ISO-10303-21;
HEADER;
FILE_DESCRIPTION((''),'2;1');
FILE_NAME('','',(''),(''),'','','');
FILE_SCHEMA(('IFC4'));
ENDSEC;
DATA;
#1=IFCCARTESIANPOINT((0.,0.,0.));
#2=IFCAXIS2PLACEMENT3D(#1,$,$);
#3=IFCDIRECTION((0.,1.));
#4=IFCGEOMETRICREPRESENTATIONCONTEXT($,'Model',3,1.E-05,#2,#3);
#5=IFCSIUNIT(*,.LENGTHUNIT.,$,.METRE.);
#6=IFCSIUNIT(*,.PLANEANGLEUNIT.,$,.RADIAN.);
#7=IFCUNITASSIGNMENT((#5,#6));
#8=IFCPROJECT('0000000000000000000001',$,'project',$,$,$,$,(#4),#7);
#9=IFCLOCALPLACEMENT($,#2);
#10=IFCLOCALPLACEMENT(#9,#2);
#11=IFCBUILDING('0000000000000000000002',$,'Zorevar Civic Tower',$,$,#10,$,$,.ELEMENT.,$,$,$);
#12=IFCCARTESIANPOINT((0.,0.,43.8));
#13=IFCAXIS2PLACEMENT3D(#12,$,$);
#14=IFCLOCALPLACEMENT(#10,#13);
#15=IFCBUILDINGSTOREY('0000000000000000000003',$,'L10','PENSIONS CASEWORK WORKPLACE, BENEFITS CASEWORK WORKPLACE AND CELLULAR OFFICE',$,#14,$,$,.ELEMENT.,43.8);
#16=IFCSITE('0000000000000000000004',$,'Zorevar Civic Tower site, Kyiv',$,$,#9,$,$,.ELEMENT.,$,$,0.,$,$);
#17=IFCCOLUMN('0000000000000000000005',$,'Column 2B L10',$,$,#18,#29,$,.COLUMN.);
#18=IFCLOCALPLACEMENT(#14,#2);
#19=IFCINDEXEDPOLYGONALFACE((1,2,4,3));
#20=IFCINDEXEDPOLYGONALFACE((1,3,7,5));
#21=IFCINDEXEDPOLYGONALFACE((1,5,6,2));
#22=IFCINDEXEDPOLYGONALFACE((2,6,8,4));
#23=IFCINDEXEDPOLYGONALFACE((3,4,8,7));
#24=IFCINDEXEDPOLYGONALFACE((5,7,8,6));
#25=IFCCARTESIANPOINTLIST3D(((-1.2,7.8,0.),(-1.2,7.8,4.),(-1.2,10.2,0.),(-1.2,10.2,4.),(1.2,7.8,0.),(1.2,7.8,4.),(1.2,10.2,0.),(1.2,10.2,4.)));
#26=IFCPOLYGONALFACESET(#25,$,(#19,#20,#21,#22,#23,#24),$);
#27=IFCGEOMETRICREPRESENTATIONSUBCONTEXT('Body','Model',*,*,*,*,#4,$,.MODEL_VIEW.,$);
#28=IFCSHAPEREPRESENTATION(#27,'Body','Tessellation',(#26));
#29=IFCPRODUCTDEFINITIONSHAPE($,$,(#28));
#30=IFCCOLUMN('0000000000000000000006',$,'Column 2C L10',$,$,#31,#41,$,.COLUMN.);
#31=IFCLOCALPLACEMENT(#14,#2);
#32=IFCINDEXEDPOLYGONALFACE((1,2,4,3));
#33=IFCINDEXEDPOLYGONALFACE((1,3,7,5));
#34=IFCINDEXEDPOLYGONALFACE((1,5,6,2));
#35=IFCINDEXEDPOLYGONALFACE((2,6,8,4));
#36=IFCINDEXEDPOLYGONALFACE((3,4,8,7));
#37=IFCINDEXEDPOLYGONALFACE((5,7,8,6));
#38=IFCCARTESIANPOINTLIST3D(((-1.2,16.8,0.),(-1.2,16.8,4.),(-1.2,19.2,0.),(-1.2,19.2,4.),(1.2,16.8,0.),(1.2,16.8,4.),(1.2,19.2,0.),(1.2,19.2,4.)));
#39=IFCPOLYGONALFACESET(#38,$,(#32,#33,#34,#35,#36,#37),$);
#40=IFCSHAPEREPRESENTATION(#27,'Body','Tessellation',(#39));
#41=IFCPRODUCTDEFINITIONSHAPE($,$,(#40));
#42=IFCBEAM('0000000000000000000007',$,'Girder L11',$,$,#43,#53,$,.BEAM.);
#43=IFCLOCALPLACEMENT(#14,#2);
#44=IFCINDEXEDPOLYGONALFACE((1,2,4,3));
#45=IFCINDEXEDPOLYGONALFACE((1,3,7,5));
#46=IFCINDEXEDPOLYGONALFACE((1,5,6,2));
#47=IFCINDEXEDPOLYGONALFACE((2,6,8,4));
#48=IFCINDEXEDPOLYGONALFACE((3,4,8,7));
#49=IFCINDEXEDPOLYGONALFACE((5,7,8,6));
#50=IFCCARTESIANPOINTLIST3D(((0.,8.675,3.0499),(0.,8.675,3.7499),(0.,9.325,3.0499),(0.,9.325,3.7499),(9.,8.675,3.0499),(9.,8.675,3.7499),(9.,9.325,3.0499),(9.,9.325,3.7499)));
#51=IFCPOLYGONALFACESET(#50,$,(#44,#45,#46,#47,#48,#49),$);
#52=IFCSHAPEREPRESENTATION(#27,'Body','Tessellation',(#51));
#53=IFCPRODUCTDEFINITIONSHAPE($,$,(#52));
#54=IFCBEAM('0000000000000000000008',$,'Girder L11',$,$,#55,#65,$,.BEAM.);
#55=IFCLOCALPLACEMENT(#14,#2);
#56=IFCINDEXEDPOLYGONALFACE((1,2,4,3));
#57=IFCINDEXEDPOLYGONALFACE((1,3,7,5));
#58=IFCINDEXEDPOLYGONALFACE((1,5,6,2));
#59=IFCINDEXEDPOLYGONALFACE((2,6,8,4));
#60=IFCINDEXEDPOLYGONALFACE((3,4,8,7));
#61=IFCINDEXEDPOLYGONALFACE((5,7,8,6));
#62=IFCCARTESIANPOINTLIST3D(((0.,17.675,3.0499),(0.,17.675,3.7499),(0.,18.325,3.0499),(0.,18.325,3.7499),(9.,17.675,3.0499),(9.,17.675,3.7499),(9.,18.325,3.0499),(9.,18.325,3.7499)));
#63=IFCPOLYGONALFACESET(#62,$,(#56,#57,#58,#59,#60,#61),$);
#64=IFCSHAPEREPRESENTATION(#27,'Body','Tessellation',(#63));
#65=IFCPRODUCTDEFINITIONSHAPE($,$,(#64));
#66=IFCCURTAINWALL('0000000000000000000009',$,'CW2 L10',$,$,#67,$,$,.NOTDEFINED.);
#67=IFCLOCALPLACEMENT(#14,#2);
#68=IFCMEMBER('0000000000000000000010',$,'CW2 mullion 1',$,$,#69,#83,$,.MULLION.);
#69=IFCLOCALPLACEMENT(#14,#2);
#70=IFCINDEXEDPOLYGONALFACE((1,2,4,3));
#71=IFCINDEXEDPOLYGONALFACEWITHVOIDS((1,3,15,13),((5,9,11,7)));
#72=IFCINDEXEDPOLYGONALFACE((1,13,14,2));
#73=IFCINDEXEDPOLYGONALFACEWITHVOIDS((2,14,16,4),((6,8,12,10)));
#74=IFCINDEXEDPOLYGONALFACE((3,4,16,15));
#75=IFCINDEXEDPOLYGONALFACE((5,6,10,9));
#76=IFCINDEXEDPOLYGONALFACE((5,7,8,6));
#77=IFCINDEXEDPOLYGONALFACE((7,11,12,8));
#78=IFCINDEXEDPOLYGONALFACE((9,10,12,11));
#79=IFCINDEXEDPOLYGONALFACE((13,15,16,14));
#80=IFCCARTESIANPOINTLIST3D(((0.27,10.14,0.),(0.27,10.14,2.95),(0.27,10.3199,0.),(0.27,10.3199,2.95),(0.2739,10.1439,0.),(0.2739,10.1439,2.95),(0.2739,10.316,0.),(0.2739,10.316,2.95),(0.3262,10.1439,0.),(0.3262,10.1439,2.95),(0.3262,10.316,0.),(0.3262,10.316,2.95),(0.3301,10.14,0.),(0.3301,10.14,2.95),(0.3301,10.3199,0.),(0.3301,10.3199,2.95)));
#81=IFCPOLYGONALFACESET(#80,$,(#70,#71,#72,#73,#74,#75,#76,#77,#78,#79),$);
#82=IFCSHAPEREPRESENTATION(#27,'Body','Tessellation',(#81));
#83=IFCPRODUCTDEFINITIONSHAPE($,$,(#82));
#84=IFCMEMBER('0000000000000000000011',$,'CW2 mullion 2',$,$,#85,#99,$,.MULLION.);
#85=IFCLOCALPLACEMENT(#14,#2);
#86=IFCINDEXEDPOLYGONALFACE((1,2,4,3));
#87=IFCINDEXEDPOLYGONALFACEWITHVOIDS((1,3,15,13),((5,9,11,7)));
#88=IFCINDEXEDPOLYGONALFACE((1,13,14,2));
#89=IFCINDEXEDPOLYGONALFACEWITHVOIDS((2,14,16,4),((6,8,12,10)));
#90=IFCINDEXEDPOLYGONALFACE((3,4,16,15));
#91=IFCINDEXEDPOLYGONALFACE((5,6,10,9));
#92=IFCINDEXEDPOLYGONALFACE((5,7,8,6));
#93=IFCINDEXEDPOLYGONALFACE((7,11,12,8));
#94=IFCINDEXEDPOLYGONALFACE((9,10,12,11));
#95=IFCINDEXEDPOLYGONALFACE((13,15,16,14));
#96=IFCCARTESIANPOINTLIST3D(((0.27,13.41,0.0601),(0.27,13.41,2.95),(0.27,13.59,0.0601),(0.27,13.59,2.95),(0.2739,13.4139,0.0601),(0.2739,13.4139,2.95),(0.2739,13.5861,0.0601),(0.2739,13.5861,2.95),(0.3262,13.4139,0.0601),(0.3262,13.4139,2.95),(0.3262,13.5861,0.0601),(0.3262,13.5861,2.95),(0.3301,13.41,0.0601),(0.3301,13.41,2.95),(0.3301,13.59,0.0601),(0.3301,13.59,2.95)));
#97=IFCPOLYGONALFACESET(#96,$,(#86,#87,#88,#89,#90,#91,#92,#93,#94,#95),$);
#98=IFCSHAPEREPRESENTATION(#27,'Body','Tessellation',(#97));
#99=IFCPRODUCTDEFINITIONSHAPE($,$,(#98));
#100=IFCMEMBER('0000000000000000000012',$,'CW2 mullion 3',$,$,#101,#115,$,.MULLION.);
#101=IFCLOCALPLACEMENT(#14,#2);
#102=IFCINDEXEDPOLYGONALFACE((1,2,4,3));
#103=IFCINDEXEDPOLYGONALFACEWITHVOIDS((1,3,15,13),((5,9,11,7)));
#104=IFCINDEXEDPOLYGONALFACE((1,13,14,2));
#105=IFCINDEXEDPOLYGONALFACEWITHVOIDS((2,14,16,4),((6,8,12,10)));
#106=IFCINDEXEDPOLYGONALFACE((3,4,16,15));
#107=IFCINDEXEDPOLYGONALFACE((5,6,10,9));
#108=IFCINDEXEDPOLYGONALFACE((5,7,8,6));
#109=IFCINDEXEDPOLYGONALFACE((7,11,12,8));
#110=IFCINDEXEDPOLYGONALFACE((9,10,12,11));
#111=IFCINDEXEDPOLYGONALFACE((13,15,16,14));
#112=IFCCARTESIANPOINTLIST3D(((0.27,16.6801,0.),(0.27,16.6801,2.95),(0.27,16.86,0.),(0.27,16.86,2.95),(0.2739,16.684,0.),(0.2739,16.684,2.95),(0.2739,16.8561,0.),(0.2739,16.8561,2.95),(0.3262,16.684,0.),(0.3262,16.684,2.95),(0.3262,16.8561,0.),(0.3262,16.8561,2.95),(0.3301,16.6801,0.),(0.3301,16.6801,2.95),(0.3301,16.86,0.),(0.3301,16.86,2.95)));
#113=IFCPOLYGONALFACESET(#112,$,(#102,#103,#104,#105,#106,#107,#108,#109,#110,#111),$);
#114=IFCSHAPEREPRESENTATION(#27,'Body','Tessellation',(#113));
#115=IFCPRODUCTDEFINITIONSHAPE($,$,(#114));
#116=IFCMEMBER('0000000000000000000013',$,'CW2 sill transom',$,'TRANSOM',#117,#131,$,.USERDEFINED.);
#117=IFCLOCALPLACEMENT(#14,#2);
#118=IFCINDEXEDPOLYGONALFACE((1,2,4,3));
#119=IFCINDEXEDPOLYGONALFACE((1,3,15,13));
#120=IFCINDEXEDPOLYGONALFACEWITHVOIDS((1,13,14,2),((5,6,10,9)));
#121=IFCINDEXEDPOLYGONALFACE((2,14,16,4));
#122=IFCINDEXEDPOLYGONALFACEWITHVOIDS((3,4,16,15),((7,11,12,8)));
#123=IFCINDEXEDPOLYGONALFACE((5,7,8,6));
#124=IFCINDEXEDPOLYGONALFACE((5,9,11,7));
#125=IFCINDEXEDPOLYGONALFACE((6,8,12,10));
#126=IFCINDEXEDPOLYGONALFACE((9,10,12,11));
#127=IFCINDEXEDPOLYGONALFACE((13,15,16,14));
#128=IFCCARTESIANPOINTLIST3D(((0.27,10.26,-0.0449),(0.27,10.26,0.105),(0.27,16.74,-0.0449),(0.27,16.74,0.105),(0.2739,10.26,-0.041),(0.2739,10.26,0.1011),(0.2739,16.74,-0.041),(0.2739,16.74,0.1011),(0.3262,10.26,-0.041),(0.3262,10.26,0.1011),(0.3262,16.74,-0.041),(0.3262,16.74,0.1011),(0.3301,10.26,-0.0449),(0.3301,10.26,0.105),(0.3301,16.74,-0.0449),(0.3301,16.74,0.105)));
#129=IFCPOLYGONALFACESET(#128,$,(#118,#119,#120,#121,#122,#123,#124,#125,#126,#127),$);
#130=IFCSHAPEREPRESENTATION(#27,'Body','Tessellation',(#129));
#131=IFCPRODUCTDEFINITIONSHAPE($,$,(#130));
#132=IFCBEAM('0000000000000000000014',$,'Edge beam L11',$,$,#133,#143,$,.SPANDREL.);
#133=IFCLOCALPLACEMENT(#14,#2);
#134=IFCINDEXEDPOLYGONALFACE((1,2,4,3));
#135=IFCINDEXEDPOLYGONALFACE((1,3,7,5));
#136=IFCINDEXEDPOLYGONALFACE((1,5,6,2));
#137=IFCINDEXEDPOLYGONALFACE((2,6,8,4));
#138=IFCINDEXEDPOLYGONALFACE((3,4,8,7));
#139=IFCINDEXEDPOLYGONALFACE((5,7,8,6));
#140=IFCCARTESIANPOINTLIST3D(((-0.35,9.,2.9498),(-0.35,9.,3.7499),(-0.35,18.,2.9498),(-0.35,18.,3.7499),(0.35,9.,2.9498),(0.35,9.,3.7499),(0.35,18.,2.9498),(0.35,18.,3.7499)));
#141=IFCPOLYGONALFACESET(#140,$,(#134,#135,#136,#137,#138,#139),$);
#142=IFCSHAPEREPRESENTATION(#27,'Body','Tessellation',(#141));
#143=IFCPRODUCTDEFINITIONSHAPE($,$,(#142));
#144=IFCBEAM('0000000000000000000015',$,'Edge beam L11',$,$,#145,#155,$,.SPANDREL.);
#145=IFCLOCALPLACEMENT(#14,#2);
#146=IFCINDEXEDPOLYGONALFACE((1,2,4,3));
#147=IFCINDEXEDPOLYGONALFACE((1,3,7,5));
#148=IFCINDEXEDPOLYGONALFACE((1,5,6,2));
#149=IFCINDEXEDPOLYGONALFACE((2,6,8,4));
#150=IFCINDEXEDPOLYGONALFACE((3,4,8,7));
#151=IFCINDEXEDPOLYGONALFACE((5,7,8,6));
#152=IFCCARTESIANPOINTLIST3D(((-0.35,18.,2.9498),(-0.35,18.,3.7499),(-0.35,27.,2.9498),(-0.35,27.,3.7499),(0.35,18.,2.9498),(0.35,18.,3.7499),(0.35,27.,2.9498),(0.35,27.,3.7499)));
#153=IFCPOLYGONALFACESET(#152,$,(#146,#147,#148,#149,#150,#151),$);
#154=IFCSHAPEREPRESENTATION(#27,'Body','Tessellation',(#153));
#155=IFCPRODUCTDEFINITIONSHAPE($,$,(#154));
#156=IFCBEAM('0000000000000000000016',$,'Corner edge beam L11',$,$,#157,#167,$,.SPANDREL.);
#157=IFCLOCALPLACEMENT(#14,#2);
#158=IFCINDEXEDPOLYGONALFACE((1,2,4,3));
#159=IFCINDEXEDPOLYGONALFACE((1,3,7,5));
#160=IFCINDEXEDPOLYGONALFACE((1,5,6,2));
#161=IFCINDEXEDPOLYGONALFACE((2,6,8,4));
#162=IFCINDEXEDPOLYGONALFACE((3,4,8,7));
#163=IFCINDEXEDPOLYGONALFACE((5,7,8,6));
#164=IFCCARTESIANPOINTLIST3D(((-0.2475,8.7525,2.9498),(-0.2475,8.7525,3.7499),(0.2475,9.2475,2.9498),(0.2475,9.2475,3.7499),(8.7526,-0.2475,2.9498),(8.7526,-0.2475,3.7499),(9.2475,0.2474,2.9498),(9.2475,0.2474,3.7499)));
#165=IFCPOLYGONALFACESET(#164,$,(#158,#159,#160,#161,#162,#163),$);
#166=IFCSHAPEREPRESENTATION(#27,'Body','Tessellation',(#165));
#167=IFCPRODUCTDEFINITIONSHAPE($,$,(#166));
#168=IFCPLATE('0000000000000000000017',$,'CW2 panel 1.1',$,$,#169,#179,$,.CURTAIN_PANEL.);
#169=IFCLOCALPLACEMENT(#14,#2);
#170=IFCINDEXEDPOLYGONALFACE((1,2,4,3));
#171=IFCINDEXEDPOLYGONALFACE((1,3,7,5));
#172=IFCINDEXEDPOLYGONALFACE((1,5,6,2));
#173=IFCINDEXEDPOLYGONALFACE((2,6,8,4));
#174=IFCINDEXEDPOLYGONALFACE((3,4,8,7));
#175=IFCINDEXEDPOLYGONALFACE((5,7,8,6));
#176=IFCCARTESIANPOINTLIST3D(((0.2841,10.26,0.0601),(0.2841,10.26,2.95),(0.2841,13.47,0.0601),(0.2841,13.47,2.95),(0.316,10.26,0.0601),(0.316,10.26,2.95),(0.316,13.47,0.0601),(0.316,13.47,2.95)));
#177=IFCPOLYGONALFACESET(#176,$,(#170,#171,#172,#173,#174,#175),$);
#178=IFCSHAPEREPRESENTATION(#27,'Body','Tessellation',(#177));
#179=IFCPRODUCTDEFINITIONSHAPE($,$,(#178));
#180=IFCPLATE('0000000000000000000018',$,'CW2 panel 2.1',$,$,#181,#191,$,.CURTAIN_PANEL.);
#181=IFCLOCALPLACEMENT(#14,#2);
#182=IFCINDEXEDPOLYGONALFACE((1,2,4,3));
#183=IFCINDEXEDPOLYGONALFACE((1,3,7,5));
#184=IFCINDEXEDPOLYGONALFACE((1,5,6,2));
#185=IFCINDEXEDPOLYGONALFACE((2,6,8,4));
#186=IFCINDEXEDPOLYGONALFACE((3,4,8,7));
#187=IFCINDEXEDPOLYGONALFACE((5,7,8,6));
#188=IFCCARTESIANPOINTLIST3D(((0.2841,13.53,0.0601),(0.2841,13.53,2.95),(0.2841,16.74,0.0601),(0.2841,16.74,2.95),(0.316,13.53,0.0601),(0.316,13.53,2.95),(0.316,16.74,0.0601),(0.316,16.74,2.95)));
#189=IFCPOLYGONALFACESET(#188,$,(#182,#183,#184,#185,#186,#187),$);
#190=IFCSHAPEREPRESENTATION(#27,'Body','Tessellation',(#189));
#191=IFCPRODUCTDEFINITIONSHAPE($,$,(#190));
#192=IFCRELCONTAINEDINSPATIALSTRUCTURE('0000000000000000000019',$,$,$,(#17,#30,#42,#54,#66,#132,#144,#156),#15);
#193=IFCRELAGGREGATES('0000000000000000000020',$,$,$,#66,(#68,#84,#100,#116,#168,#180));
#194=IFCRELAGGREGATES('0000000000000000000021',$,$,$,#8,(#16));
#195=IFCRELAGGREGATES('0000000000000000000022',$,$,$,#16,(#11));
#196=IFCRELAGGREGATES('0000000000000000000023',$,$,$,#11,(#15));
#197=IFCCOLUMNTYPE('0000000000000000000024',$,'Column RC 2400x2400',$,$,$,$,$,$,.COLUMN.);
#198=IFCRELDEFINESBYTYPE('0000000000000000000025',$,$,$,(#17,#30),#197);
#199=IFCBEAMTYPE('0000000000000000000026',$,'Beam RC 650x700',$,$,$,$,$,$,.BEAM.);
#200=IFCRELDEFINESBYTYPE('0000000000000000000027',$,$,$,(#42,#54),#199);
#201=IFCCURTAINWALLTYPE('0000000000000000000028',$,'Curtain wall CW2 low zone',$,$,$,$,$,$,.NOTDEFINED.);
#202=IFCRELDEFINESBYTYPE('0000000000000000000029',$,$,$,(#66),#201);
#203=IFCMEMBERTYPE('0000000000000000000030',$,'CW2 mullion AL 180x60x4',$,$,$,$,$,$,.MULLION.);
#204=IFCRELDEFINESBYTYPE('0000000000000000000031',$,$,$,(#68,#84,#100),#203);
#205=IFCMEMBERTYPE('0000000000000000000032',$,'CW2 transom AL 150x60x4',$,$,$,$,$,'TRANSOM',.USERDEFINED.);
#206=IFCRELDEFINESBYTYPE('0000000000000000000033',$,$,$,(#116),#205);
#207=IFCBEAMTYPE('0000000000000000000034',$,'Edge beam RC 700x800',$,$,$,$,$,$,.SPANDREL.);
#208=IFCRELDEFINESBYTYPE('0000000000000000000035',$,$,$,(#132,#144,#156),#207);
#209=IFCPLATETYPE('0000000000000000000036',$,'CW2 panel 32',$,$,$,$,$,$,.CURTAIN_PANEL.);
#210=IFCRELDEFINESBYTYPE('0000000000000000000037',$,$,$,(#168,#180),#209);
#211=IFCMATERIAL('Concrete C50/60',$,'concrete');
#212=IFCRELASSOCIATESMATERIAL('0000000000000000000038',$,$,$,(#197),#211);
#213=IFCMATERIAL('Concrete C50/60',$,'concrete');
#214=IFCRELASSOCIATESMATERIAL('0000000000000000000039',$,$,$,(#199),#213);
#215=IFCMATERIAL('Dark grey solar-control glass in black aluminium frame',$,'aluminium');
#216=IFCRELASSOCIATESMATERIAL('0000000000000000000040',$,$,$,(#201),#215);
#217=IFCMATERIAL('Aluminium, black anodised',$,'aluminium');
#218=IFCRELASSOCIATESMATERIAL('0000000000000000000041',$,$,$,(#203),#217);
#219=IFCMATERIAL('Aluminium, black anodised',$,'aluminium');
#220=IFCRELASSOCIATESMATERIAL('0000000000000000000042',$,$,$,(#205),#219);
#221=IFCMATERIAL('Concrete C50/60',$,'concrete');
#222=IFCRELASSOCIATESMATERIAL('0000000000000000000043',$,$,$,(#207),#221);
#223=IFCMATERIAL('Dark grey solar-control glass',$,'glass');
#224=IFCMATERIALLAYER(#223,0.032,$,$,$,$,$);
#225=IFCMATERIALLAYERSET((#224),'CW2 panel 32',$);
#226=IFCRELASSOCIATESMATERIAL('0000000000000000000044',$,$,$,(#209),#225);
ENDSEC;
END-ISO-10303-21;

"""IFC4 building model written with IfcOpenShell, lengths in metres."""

from ifc_helpers import new_model, si_unit, direction, frame, origin, origin_2d, place, context, subcontext, project, spatial, rectangle, hollow_rectangle, extrude, material, layer, layer_set, material_profile, profile_set, type_object, element, aggregate, save


model = new_model("IFC4")

# Units and contexts
model_context = context("Model", 3, precision=1e-05, world=origin(), true_north=direction((0.0, 1.0)))
body_context = subcontext(model_context, "Body", "Model", "MODEL_VIEW")
ifc_project = project(units=[si_unit("LENGTHUNIT", "METRE"), si_unit("PLANEANGLEUNIT", "RADIAN")], contexts=[model_context])

# Site, building, storey
site_placement = place(None, origin())
site = spatial("IfcSite", under=ifc_project, at=site_placement, Name="Zorevar Civic Tower site, Kyiv", CompositionType="ELEMENT", RefElevation=0.0)
building_placement = place(site_placement, origin())
building = spatial("IfcBuilding", under=site, at=building_placement, Name="Zorevar Civic Tower", CompositionType="ELEMENT")
storey_placement = place(building_placement, frame((0.0, 0.0, 43.8)))
storey = spatial("IfcBuildingStorey", under=building, at=storey_placement, Name="L10", Description="PENSIONS CASEWORK WORKPLACE, BENEFITS CASEWORK WORKPLACE AND CELLULAR OFFICE", CompositionType="ELEMENT", Elevation=43.8)

# Columns
ifc_material_1 = material(Name="Concrete C50/60", Category="concrete")
ifc_material_profile_1 = material_profile(ifc_material_1, rectangle(XDim=2.3999, YDim=2.3999, at=origin_2d()), Name="RC 2400x2400")
ifc_profile_set_1 = profile_set([ifc_material_profile_1], Name="Concrete C50/60")
column_type = type_object("IfcColumnType", Name="Column RC 2400x2400", PredefinedType="COLUMN", material=ifc_profile_set_1)
for number, where, z_axis, x_axis, name in (
    (1, (0.0, 9.0, 0.0), (0.0, 0.0, 1.0), (1.0, 0.0, 0.0), "Column 2B L10"),
    (2, (0.0, 18.0, 0.0), (0.0, 0.0, 1.0), (1.0, 0.0, 0.0), "Column 2C L10"),
):
    element("IfcColumn", number, at=place(storey_placement, frame(where, z_axis=z_axis, x_axis=x_axis)), inside=storey, type_object=column_type, Name=name, PredefinedType="COLUMN", context=body_context, shape_type="SweptSolid", body=[
        extrude(rectangle(XDim=2.3999, YDim=2.3999, at=origin_2d()), origin(), (0.0, 0.0, 1.0), 4.0),
    ])

# Beams
ifc_material_2 = material(Name="Concrete C50/60", Category="concrete")
ifc_material_profile_2 = material_profile(ifc_material_2, rectangle(XDim=0.6499, YDim=0.7, at=origin_2d()), Name="RC 650x700")
ifc_profile_set_2 = profile_set([ifc_material_profile_2], Name="Concrete C50/60")
beam_type_1 = type_object("IfcBeamType", Name="Beam RC 650x700", PredefinedType="BEAM", material=ifc_profile_set_2)
for number, where, z_axis, x_axis, name in (
    (3, (0.0, 9.0, 3.3999), (1.0, 0.0, 0.0), (0.0, 1.0, 0.0), "Girder L11"),
    (4, (0.0, 18.0, 3.3999), (1.0, 0.0, 0.0), (0.0, 1.0, 0.0), "Girder L11"),
):
    element("IfcBeam", number, at=place(storey_placement, frame(where, z_axis=z_axis, x_axis=x_axis)), inside=storey, type_object=beam_type_1, Name=name, PredefinedType="BEAM", context=body_context, shape_type="SweptSolid", body=[
        extrude(rectangle(XDim=0.6499, YDim=0.7, at=origin_2d()), origin(), (0.0, 0.0, 1.0), 9.0),
    ])

# Curtain wall, members
ifc_material_3 = material(Name="Dark grey solar-control glass in black aluminium frame", Category="aluminium")
curtain_wall_type = type_object("IfcCurtainWallType", Name="Curtain wall CW2 low zone", PredefinedType="NOTDEFINED", material=ifc_material_3)
curtain_wall_placement = place(storey_placement, origin())
curtain_wall = element("IfcCurtainWall", 5, at=curtain_wall_placement, inside=storey, type_object=curtain_wall_type, Name="CW2 L10", PredefinedType="NOTDEFINED")
ifc_material_4 = material(Name="Aluminium, black anodised", Category="aluminium")
ifc_material_profile_3 = material_profile(ifc_material_4, hollow_rectangle(XDim=0.0601, YDim=0.1799, WallThickness=0.0039, at=origin_2d()), Name="AL 180x60x4")
ifc_profile_set_3 = profile_set([ifc_material_profile_3], Name="Aluminium, black anodised")
member_type_1 = type_object("IfcMemberType", Name="CW2 mullion AL 180x60x4", PredefinedType="MULLION", material=ifc_profile_set_3)
member_1_placement = place(storey_placement, frame((0.3, 10.23, 0.0), z_axis=(0.0, 0.0, 1.0), x_axis=(-1.0, 0.0, 0.0)))
member_1 = element("IfcMember", 6, at=member_1_placement, type_object=member_type_1, Name="CW2 mullion 1", PredefinedType="MULLION", context=body_context, shape_type="SweptSolid", body=[
    extrude(hollow_rectangle(XDim=0.0601, YDim=0.1799, WallThickness=0.0039, at=origin_2d()), origin(), (0.0, 0.0, 1.0), 2.95),
])
member_2_placement = place(storey_placement, frame((0.3, 13.5, 0.0601), z_axis=(0.0, 0.0, 1.0), x_axis=(-1.0, 0.0, 0.0)))
member_2 = element("IfcMember", 7, at=member_2_placement, type_object=member_type_1, Name="CW2 mullion 2", PredefinedType="MULLION", context=body_context, shape_type="SweptSolid", body=[
    extrude(hollow_rectangle(XDim=0.0601, YDim=0.1799, WallThickness=0.0039, at=origin_2d()), origin(), (0.0, 0.0, 1.0), 2.8899),
])
member_3_placement = place(storey_placement, frame((0.3, 16.77, 0.0), z_axis=(0.0, 0.0, 1.0), x_axis=(-1.0, 0.0, 0.0)))
member_3 = element("IfcMember", 8, at=member_3_placement, type_object=member_type_1, Name="CW2 mullion 3", PredefinedType="MULLION", context=body_context, shape_type="SweptSolid", body=[
    extrude(hollow_rectangle(XDim=0.0601, YDim=0.1799, WallThickness=0.0039, at=origin_2d()), origin(), (0.0, 0.0, 1.0), 2.95),
])
ifc_material_5 = material(Name="Aluminium, black anodised", Category="aluminium")
ifc_material_profile_4 = material_profile(ifc_material_5, hollow_rectangle(XDim=0.0601, YDim=0.1499, WallThickness=0.0039, at=origin_2d()), Name="AL 150x60x4")
ifc_profile_set_4 = profile_set([ifc_material_profile_4], Name="Aluminium, black anodised")
member_type_2 = type_object("IfcMemberType", Name="CW2 transom AL 150x60x4", ElementType="TRANSOM", PredefinedType="USERDEFINED", material=ifc_profile_set_4)
member_4_placement = place(storey_placement, frame((0.3, 10.26, 0.03), z_axis=(0.0, 1.0, 0.0), x_axis=(-1.0, 0.0, 0.0)))
member_4 = element("IfcMember", 9, at=member_4_placement, type_object=member_type_2, Name="CW2 sill transom", ObjectType="TRANSOM", PredefinedType="USERDEFINED", context=body_context, shape_type="SweptSolid", body=[
    extrude(hollow_rectangle(XDim=0.0601, YDim=0.1499, WallThickness=0.0039, at=origin_2d()), origin(), (0.0, 0.0, 1.0), 6.48),
])

# Beams
ifc_material_6 = material(Name="Concrete C50/60", Category="concrete")
ifc_material_profile_5 = material_profile(ifc_material_6, rectangle(XDim=0.7, YDim=0.8, at=origin_2d()), Name="RC 700x800")
ifc_profile_set_5 = profile_set([ifc_material_profile_5], Name="Concrete C50/60")
beam_type_2 = type_object("IfcBeamType", Name="Edge beam RC 700x800", PredefinedType="SPANDREL", material=ifc_profile_set_5)
for number, where, z_axis, x_axis, name in (
    (10, (0.0, 9.0, 3.3499), (0.0, 1.0, 0.0), (-1.0, 0.0, 0.0), "Edge beam L11"),
    (11, (0.0, 18.0, 3.3499), (0.0, 1.0, 0.0), (-1.0, 0.0, 0.0), "Edge beam L11"),
):
    element("IfcBeam", number, at=place(storey_placement, frame(where, z_axis=z_axis, x_axis=x_axis)), inside=storey, type_object=beam_type_2, Name=name, PredefinedType="SPANDREL", context=body_context, shape_type="SweptSolid", body=[
        extrude(rectangle(XDim=0.7, YDim=0.8, at=origin_2d()), origin(), (0.0, 0.0, 1.0), 9.0),
    ])
beam_placement = place(storey_placement, frame((0.0, 9.0, 3.3499), z_axis=(0.707107, -0.707107, 0.0), x_axis=(0.707107, 0.707107, 0.0)))
element("IfcBeam", 12, at=beam_placement, inside=storey, type_object=beam_type_2, Name="Corner edge beam L11", PredefinedType="SPANDREL", context=body_context, shape_type="SweptSolid", body=[
    extrude(rectangle(XDim=0.7, YDim=0.8, at=origin_2d()), origin(), (0.0, 0.0, 1.0), 12.728),
])

# Plates
ifc_material_7 = material(Name="Dark grey solar-control glass", Category="glass")
ifc_layer_1 = layer(ifc_material_7, 0.032)
ifc_layer_set_1 = layer_set([ifc_layer_1], Name="CW2 panel 32")
plate_type = type_object("IfcPlateType", Name="CW2 panel 32", PredefinedType="CURTAIN_PANEL", material=ifc_layer_set_1)
plate_1_placement = place(storey_placement, frame((0.3, 11.865, 0.0601), z_axis=(0.0, 0.0, 1.0), x_axis=(0.0, 1.0, 0.0)))
plate_1 = element("IfcPlate", 13, at=plate_1_placement, type_object=plate_type, Name="CW2 panel 1.1", PredefinedType="CURTAIN_PANEL", context=body_context, shape_type="SweptSolid", body=[
    extrude(rectangle(XDim=3.21, YDim=0.032, at=origin_2d()), origin(), (0.0, 0.0, 1.0), 2.8899),
])
plate_2_placement = place(storey_placement, frame((0.3, 15.135, 0.0601), z_axis=(0.0, 0.0, 1.0), x_axis=(0.0, 1.0, 0.0)))
plate_2 = element("IfcPlate", 14, at=plate_2_placement, type_object=plate_type, Name="CW2 panel 2.1", PredefinedType="CURTAIN_PANEL", context=body_context, shape_type="SweptSolid", body=[
    extrude(rectangle(XDim=3.21, YDim=0.032, at=origin_2d()), origin(), (0.0, 0.0, 1.0), 2.8899),
])
aggregate(curtain_wall, [member_1, member_2, member_3, member_4, plate_1, plate_2])

save(model, "model.ifc")
